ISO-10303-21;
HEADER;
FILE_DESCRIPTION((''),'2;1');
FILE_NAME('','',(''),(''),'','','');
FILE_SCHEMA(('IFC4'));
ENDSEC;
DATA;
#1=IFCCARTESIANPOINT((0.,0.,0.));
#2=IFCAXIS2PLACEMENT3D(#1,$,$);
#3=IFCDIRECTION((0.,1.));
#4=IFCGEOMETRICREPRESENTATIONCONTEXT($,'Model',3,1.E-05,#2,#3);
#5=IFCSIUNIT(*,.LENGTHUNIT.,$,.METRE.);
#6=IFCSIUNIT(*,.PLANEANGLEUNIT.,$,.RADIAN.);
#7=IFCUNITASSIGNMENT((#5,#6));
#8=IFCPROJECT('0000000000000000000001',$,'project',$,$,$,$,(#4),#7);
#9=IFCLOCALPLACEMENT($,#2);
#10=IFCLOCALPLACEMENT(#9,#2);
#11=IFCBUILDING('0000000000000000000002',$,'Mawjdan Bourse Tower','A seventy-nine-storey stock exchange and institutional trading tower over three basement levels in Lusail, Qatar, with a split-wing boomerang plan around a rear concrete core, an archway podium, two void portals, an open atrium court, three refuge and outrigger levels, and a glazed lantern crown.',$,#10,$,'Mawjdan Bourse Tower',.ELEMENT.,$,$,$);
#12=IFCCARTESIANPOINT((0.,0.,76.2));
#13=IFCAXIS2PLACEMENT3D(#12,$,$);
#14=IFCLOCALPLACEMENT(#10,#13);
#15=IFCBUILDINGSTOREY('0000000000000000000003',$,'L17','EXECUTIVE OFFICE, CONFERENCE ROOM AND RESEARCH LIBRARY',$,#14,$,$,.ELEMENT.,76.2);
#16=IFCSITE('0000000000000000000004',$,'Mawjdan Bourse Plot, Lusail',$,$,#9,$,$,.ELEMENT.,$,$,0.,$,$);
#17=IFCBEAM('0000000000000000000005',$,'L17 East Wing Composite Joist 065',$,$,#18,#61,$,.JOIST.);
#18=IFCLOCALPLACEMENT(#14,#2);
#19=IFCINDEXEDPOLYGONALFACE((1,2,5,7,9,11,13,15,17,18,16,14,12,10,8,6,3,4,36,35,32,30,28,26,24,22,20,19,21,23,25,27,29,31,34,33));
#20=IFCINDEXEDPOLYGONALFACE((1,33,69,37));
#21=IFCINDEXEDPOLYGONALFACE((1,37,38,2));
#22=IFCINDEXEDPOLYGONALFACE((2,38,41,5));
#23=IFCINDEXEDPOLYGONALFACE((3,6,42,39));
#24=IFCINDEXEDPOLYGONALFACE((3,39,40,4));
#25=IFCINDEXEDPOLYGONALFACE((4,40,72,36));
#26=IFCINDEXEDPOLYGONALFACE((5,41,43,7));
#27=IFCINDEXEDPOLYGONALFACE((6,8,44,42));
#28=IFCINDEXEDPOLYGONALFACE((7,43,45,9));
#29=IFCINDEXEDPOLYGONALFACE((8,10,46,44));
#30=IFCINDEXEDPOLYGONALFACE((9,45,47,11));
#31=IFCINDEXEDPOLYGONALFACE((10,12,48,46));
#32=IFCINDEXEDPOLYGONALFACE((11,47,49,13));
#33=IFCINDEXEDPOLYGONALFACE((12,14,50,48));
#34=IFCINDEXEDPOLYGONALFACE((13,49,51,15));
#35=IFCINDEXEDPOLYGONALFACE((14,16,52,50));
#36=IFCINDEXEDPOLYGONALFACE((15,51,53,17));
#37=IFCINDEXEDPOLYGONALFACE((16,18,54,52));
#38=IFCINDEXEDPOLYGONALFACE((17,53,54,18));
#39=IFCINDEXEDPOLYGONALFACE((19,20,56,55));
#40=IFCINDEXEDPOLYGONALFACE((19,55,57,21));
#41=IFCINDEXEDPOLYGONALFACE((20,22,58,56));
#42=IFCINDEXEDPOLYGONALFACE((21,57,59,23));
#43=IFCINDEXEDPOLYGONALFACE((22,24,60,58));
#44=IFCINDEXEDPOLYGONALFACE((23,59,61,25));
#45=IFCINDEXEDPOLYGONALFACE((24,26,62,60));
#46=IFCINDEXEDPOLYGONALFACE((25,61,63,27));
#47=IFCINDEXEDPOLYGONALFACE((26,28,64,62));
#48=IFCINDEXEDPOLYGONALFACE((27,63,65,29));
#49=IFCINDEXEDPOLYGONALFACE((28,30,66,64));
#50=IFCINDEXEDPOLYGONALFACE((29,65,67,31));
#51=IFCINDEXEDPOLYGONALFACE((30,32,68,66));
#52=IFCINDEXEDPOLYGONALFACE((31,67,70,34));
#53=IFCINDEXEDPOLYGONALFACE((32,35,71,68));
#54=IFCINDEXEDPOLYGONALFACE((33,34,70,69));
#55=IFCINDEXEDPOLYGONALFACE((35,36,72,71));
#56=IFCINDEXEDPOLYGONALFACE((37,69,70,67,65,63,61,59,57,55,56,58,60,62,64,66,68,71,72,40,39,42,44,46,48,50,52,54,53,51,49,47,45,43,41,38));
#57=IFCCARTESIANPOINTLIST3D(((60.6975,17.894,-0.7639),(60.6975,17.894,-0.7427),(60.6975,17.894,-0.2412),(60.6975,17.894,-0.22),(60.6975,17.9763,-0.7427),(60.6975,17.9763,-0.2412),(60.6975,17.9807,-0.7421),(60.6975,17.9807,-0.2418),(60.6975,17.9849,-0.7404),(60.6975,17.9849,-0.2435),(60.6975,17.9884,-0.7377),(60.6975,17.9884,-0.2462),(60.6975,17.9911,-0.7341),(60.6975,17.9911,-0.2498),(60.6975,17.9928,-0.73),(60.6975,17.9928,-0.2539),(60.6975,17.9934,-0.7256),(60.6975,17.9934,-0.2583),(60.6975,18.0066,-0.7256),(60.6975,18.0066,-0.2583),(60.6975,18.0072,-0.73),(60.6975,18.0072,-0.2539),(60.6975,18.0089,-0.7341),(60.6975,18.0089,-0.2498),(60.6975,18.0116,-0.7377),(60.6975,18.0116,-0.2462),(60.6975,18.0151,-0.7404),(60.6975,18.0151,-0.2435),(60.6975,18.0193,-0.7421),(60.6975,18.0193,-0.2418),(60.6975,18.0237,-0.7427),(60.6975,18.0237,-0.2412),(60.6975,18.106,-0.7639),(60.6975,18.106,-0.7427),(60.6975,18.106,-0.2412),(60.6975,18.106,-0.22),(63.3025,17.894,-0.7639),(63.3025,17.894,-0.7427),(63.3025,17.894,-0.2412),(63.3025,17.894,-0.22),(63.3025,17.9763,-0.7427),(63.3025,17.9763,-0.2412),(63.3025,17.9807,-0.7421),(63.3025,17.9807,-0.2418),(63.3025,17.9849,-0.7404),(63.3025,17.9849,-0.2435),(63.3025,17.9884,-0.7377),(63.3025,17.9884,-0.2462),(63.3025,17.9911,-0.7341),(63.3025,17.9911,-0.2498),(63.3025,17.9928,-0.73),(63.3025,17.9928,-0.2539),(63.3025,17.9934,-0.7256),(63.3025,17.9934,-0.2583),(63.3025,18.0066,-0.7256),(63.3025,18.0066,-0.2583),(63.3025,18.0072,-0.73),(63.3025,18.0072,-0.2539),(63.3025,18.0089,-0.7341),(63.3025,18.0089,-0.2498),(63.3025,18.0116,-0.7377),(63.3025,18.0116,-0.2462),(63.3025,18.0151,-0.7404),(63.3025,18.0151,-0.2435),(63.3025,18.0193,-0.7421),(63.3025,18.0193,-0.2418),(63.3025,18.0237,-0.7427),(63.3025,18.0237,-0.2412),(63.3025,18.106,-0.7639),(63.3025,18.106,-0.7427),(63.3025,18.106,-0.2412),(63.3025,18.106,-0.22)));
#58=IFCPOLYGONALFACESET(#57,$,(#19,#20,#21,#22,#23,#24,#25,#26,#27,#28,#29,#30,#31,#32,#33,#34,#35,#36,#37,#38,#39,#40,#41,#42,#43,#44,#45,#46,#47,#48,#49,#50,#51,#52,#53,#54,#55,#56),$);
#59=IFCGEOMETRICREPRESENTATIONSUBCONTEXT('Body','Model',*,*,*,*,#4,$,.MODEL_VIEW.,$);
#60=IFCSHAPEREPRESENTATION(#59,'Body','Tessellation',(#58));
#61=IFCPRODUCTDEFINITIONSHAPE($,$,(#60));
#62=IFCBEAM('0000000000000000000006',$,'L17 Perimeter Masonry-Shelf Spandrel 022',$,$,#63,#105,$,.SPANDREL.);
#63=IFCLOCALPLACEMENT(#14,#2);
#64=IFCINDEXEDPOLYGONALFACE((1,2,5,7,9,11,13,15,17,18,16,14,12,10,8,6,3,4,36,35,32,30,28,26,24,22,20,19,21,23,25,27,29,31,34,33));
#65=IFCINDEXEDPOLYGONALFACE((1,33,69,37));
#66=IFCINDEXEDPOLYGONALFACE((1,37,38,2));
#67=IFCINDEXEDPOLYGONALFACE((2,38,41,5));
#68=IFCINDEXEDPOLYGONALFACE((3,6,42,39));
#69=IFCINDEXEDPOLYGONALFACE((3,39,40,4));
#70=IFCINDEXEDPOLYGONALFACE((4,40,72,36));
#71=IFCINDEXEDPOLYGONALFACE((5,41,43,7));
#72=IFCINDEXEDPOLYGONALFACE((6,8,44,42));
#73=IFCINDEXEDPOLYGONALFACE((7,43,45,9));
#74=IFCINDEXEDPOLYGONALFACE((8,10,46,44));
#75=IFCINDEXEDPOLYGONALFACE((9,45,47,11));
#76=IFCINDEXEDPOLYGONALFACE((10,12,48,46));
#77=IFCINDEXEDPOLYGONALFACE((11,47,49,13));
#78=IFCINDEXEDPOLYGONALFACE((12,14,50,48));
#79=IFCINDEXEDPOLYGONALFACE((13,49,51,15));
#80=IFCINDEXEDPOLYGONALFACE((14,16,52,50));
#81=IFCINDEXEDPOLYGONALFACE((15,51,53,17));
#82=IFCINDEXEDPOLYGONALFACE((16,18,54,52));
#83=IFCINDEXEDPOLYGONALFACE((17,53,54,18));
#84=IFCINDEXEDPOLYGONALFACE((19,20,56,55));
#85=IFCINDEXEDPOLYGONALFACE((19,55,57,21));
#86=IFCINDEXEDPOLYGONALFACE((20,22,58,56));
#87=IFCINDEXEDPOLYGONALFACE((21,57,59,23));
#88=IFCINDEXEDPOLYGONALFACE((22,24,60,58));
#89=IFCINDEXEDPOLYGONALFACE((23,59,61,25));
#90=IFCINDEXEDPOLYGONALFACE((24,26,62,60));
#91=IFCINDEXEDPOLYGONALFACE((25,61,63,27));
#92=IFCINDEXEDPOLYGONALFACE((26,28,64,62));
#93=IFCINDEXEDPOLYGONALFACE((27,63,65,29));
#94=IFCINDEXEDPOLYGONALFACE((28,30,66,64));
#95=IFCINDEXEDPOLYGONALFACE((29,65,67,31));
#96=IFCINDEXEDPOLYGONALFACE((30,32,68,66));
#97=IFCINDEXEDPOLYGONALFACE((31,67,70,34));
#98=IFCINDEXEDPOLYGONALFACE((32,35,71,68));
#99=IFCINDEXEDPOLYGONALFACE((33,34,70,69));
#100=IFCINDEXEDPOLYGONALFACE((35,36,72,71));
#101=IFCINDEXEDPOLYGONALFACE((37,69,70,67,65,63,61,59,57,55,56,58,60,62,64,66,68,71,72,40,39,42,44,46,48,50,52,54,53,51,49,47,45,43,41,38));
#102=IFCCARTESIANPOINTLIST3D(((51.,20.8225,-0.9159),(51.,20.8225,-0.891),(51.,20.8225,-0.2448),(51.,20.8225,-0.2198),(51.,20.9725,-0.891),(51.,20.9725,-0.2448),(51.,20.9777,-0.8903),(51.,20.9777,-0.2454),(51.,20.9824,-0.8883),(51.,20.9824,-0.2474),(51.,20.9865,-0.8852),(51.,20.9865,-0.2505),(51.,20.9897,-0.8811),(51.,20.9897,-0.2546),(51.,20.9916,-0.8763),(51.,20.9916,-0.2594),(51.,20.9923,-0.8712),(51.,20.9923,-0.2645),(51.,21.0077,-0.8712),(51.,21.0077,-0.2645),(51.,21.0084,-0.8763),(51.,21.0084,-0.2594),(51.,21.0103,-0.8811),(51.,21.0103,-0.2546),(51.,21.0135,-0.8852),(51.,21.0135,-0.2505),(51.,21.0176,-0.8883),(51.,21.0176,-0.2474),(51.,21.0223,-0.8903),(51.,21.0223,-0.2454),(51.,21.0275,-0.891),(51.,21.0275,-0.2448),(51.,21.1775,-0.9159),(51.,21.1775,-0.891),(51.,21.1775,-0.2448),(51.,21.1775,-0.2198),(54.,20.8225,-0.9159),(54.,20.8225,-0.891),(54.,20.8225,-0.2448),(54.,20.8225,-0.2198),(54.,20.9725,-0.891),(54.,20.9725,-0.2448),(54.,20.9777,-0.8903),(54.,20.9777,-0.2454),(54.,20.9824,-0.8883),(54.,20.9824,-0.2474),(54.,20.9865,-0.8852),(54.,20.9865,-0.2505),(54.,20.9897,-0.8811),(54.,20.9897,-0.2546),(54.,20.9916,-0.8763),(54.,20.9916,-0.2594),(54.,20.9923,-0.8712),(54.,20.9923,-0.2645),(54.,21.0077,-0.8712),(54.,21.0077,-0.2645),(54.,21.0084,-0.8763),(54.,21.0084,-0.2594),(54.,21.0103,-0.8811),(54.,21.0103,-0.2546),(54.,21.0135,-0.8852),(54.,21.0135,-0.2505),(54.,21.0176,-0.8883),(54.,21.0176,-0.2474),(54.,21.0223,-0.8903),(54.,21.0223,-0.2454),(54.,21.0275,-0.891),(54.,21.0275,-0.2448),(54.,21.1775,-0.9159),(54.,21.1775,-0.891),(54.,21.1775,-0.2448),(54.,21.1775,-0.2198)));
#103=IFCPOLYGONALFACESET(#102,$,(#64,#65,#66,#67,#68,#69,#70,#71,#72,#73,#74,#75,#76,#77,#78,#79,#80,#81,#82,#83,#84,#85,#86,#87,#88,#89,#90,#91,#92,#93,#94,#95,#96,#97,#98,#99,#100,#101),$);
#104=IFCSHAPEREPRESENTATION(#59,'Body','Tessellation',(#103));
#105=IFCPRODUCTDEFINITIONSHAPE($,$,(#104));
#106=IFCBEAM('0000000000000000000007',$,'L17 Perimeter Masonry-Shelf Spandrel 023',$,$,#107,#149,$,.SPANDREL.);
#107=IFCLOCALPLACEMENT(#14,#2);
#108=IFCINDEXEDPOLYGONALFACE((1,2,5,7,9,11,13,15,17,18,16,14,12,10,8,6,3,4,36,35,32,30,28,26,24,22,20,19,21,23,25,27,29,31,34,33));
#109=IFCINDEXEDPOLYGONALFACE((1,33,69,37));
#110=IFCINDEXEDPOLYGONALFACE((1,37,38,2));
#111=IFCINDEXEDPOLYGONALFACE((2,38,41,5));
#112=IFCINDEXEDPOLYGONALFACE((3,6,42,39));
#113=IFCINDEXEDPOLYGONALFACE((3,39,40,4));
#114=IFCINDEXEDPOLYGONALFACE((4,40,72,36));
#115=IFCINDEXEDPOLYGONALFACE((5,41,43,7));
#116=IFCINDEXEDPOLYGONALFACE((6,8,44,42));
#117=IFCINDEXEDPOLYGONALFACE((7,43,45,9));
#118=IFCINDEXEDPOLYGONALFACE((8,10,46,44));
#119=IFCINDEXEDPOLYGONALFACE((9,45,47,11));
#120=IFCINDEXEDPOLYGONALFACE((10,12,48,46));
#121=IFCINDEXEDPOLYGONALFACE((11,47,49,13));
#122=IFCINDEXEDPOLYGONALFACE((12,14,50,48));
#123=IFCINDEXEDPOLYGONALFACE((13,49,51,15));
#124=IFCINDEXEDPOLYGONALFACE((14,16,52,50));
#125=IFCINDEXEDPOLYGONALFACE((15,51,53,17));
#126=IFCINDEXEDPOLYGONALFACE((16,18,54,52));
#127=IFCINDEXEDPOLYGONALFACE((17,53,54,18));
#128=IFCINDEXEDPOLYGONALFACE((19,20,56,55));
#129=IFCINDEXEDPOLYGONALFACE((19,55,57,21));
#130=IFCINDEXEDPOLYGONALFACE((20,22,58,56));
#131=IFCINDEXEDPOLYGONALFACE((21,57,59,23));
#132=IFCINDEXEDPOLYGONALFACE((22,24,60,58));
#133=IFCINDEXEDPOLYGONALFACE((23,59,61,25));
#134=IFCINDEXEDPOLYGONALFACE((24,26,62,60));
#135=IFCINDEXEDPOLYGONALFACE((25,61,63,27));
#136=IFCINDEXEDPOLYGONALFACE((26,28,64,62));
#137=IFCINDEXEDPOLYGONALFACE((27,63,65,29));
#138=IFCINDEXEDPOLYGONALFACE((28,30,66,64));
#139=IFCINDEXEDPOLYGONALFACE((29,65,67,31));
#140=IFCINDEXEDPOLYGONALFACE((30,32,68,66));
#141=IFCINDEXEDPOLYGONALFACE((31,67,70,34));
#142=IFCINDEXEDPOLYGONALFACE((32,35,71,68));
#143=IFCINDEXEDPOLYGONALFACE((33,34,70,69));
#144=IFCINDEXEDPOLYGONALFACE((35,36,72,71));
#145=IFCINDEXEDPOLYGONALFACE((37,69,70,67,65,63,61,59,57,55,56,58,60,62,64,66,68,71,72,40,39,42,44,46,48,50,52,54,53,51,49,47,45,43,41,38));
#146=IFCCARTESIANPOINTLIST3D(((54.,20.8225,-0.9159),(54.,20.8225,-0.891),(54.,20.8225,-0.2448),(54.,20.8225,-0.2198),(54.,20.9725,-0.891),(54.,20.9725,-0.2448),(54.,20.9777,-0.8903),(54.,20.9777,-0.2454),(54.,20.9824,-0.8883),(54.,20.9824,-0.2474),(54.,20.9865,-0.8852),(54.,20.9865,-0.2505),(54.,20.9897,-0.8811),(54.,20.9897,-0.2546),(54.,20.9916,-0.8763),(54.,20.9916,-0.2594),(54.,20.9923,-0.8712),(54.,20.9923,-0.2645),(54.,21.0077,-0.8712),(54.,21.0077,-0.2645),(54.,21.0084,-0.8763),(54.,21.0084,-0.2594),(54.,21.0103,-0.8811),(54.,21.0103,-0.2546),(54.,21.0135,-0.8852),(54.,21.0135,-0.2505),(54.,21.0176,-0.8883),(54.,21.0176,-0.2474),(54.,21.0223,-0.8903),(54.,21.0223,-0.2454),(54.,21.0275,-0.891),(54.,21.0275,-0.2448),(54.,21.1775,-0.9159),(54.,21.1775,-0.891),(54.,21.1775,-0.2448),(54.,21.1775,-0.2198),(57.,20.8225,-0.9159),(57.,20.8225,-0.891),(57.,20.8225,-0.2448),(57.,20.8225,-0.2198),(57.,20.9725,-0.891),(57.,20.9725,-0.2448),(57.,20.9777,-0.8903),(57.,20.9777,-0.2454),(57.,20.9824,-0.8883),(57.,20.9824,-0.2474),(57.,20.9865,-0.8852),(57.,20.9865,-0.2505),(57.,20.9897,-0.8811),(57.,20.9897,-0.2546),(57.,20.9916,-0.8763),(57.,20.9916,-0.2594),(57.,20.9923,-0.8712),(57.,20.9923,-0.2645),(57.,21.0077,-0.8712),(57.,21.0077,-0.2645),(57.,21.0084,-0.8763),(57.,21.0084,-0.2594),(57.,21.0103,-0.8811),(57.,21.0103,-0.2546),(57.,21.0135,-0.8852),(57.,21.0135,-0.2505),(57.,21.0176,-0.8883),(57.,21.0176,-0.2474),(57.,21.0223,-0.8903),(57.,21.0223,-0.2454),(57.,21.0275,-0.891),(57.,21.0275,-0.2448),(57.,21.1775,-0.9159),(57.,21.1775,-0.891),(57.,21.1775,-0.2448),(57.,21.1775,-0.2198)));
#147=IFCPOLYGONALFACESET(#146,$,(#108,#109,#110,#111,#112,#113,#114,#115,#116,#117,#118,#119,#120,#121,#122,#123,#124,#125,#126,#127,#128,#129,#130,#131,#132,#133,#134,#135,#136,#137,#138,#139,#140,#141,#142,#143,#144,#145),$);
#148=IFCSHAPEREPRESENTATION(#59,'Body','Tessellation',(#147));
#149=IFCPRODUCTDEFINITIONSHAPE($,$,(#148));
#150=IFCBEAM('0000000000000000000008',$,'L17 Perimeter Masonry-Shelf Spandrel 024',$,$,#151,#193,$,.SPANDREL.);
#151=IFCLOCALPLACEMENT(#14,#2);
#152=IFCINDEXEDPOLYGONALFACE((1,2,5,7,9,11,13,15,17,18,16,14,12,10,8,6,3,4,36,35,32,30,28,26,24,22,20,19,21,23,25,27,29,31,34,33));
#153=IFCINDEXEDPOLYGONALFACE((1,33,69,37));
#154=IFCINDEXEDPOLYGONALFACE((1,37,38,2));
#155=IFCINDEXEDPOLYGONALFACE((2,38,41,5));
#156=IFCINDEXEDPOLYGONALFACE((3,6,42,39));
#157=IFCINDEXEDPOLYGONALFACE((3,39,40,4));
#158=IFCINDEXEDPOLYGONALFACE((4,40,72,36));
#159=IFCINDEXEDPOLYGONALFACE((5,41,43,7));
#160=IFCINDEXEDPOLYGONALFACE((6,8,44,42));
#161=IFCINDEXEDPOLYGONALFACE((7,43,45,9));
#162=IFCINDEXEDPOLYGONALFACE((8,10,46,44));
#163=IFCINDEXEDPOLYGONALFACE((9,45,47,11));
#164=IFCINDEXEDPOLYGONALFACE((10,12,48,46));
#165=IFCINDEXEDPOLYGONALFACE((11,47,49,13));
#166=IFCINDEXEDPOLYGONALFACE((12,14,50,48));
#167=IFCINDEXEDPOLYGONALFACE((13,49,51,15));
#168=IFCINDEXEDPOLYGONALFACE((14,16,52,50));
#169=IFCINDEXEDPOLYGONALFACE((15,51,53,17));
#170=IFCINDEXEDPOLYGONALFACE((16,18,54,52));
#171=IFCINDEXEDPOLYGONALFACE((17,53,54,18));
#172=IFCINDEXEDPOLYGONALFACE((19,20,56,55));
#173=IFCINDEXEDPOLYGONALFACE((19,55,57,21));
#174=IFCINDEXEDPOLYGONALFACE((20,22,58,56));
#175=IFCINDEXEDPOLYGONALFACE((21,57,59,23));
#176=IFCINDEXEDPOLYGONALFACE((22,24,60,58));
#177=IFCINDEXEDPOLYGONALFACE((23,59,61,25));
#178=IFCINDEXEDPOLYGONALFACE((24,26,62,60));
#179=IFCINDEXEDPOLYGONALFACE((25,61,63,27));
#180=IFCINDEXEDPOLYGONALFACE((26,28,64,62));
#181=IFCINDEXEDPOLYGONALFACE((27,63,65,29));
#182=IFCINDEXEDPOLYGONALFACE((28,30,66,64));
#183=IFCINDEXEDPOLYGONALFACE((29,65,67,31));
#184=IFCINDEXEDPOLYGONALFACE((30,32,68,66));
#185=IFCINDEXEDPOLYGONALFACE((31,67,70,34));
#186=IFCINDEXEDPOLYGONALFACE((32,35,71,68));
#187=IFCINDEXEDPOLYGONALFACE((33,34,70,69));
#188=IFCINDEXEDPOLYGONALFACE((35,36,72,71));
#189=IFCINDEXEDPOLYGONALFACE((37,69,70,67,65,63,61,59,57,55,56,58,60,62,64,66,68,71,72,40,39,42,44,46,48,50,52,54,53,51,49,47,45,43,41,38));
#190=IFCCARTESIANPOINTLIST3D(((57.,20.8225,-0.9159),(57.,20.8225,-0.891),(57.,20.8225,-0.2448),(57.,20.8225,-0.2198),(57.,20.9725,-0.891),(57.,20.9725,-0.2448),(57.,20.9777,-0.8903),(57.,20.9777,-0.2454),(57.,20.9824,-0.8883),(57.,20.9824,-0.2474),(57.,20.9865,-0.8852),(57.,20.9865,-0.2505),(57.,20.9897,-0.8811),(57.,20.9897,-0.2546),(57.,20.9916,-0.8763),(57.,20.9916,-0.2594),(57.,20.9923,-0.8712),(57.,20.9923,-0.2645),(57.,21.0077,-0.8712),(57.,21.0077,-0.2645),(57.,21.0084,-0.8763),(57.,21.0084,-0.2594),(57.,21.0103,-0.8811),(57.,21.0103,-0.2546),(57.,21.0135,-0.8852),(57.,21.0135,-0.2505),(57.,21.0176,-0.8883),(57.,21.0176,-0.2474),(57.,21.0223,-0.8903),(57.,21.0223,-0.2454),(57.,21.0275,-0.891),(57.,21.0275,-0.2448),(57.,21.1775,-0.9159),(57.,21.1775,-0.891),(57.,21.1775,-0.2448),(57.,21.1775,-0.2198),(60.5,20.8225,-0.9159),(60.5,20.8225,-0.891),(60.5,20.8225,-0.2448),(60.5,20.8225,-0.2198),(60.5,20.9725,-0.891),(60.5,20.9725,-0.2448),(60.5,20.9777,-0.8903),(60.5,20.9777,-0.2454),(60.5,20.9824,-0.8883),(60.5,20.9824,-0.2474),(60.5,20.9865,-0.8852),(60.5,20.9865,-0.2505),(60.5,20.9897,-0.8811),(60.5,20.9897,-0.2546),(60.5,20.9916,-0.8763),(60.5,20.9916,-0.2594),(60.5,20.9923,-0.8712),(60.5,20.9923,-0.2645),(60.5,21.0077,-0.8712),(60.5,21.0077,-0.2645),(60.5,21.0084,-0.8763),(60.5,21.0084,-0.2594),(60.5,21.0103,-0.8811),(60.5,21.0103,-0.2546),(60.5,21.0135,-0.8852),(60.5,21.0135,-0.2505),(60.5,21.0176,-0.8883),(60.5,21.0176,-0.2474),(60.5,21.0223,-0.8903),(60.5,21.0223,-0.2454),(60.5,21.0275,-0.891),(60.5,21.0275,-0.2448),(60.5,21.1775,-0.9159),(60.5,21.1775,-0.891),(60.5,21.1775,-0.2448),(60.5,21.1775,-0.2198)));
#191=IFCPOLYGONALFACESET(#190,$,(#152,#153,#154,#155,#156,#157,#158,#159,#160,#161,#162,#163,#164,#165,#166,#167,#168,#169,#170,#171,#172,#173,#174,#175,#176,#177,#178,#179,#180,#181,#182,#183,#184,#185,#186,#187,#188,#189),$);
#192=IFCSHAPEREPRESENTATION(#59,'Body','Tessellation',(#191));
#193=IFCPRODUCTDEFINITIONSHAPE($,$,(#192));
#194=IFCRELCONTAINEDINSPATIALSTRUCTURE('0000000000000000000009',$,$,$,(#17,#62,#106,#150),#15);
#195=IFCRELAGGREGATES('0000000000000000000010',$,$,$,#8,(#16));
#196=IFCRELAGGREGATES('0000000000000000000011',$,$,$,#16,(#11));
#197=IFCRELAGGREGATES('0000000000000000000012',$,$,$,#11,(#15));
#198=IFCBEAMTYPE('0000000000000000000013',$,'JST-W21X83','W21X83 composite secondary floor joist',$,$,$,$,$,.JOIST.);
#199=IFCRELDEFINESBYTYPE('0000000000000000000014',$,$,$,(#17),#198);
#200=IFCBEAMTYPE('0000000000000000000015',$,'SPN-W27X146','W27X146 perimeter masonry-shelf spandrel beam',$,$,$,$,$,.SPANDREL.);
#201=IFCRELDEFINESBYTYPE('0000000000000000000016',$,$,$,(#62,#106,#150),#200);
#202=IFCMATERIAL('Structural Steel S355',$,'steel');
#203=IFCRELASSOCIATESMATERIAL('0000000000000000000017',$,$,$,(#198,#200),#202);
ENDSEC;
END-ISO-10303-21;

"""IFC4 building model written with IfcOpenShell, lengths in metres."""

from ifc_helpers import new_model, si_unit, direction, frame, origin, origin_2d, place, context, subcontext, project, spatial, i_section, extrude, material, material_profile, profile_set, type_object, element, save


model = new_model("IFC4")

# Units and contexts
model_context = context("Model", 3, precision=1e-05, world=origin(), true_north=direction((0.0, 1.0)))
body_context = subcontext(model_context, "Body", "Model", "MODEL_VIEW")
ifc_project = project(units=[si_unit("LENGTHUNIT", "METRE"), si_unit("PLANEANGLEUNIT", "RADIAN")], contexts=[model_context])

# Site, building, storey
site_placement = place(None, origin())
site = spatial("IfcSite", under=ifc_project, at=site_placement, Name="Mawjdan Bourse Plot, Lusail", CompositionType="ELEMENT", RefElevation=0.0)
building_placement = place(site_placement, origin())
building = spatial("IfcBuilding", under=site, at=building_placement, Name="Mawjdan Bourse Tower", Description="A seventy-nine-storey stock exchange and institutional trading tower over three basement levels in Lusail, Qatar, with a split-wing boomerang plan around a rear concrete core, an archway podium, two void portals, an open atrium court, three refuge and outrigger levels, and a glazed lantern crown.", LongName="Mawjdan Bourse Tower", CompositionType="ELEMENT")
storey_placement = place(building_placement, frame((0.0, 0.0, 76.2)))
storey = spatial("IfcBuildingStorey", under=building, at=storey_placement, Name="L17", Description="EXECUTIVE OFFICE, CONFERENCE ROOM AND RESEARCH LIBRARY", CompositionType="ELEMENT", Elevation=76.2)

# Beams
ifc_material_1 = material(Name="Structural Steel S355", Category="steel")
ifc_material_profile_1 = material_profile(ifc_material_1, i_section(OverallWidth=0.2119, OverallDepth=0.5439, WebThickness=0.0132, FlangeThickness=0.0212, FilletRadius=0.0171, at=origin_2d()), Name="W21X83")
ifc_profile_set_1 = profile_set([ifc_material_profile_1], Name="Structural Steel S355")
beam_type_1 = type_object("IfcBeamType", Name="JST-W21X83", Description="W21X83 composite secondary floor joist", PredefinedType="JOIST", material=ifc_profile_set_1)
beam_1_placement = place(storey_placement, frame((60.6975, 18.0, -0.4919), z_axis=(1.0, 0.0, 0.0), x_axis=(0.0, 1.0, 0.0)))
element("IfcBeam", 1, at=beam_1_placement, inside=storey, type_object=beam_type_1, Name="L17 East Wing Composite Joist 065", PredefinedType="JOIST", context=body_context, shape_type="SweptSolid", body=[
    extrude(i_section(OverallWidth=0.2119, OverallDepth=0.5439, WebThickness=0.0132, FlangeThickness=0.0212, FilletRadius=0.0171, at=origin_2d()), origin(), (0.0, 0.0, 1.0), 2.605),
])
ifc_material_profile_2 = material_profile(ifc_material_1, i_section(OverallWidth=0.355, OverallDepth=0.696, WebThickness=0.0154, FlangeThickness=0.0249, FilletRadius=0.0198, at=origin_2d()), Name="W27X146")
ifc_profile_set_2 = profile_set([ifc_material_profile_2], Name="Structural Steel S355")
beam_type_2 = type_object("IfcBeamType", Name="SPN-W27X146", Description="W27X146 perimeter masonry-shelf spandrel beam", PredefinedType="SPANDREL", material=ifc_profile_set_2)
for number, where, z_axis, x_axis, name in (
    (2, (51.0, 21.0, -0.5679), (1.0, 0.0, 0.0), (0.0, 1.0, 0.0), "L17 Perimeter Masonry-Shelf Spandrel 022"),
    (3, (54.0, 21.0, -0.5679), (1.0, 0.0, 0.0), (0.0, 1.0, 0.0), "L17 Perimeter Masonry-Shelf Spandrel 023"),
):
    element("IfcBeam", number, at=place(storey_placement, frame(where, z_axis=z_axis, x_axis=x_axis)), inside=storey, type_object=beam_type_2, Name=name, PredefinedType="SPANDREL", context=body_context, shape_type="SweptSolid", body=[
        extrude(i_section(OverallWidth=0.355, OverallDepth=0.696, WebThickness=0.0154, FlangeThickness=0.0249, FilletRadius=0.0198, at=origin_2d()), origin(), (0.0, 0.0, 1.0), 3.0),
    ])
beam_2_placement = place(storey_placement, frame((57.0, 21.0, -0.5679), z_axis=(1.0, 0.0, 0.0), x_axis=(0.0, 1.0, 0.0)))
element("IfcBeam", 4, at=beam_2_placement, inside=storey, type_object=beam_type_2, Name="L17 Perimeter Masonry-Shelf Spandrel 024", PredefinedType="SPANDREL", context=body_context, shape_type="SweptSolid", body=[
    extrude(i_section(OverallWidth=0.355, OverallDepth=0.696, WebThickness=0.0154, FlangeThickness=0.0249, FilletRadius=0.0198, at=origin_2d()), origin(), (0.0, 0.0, 1.0), 3.5),
])

save(model, "model.ifc")
